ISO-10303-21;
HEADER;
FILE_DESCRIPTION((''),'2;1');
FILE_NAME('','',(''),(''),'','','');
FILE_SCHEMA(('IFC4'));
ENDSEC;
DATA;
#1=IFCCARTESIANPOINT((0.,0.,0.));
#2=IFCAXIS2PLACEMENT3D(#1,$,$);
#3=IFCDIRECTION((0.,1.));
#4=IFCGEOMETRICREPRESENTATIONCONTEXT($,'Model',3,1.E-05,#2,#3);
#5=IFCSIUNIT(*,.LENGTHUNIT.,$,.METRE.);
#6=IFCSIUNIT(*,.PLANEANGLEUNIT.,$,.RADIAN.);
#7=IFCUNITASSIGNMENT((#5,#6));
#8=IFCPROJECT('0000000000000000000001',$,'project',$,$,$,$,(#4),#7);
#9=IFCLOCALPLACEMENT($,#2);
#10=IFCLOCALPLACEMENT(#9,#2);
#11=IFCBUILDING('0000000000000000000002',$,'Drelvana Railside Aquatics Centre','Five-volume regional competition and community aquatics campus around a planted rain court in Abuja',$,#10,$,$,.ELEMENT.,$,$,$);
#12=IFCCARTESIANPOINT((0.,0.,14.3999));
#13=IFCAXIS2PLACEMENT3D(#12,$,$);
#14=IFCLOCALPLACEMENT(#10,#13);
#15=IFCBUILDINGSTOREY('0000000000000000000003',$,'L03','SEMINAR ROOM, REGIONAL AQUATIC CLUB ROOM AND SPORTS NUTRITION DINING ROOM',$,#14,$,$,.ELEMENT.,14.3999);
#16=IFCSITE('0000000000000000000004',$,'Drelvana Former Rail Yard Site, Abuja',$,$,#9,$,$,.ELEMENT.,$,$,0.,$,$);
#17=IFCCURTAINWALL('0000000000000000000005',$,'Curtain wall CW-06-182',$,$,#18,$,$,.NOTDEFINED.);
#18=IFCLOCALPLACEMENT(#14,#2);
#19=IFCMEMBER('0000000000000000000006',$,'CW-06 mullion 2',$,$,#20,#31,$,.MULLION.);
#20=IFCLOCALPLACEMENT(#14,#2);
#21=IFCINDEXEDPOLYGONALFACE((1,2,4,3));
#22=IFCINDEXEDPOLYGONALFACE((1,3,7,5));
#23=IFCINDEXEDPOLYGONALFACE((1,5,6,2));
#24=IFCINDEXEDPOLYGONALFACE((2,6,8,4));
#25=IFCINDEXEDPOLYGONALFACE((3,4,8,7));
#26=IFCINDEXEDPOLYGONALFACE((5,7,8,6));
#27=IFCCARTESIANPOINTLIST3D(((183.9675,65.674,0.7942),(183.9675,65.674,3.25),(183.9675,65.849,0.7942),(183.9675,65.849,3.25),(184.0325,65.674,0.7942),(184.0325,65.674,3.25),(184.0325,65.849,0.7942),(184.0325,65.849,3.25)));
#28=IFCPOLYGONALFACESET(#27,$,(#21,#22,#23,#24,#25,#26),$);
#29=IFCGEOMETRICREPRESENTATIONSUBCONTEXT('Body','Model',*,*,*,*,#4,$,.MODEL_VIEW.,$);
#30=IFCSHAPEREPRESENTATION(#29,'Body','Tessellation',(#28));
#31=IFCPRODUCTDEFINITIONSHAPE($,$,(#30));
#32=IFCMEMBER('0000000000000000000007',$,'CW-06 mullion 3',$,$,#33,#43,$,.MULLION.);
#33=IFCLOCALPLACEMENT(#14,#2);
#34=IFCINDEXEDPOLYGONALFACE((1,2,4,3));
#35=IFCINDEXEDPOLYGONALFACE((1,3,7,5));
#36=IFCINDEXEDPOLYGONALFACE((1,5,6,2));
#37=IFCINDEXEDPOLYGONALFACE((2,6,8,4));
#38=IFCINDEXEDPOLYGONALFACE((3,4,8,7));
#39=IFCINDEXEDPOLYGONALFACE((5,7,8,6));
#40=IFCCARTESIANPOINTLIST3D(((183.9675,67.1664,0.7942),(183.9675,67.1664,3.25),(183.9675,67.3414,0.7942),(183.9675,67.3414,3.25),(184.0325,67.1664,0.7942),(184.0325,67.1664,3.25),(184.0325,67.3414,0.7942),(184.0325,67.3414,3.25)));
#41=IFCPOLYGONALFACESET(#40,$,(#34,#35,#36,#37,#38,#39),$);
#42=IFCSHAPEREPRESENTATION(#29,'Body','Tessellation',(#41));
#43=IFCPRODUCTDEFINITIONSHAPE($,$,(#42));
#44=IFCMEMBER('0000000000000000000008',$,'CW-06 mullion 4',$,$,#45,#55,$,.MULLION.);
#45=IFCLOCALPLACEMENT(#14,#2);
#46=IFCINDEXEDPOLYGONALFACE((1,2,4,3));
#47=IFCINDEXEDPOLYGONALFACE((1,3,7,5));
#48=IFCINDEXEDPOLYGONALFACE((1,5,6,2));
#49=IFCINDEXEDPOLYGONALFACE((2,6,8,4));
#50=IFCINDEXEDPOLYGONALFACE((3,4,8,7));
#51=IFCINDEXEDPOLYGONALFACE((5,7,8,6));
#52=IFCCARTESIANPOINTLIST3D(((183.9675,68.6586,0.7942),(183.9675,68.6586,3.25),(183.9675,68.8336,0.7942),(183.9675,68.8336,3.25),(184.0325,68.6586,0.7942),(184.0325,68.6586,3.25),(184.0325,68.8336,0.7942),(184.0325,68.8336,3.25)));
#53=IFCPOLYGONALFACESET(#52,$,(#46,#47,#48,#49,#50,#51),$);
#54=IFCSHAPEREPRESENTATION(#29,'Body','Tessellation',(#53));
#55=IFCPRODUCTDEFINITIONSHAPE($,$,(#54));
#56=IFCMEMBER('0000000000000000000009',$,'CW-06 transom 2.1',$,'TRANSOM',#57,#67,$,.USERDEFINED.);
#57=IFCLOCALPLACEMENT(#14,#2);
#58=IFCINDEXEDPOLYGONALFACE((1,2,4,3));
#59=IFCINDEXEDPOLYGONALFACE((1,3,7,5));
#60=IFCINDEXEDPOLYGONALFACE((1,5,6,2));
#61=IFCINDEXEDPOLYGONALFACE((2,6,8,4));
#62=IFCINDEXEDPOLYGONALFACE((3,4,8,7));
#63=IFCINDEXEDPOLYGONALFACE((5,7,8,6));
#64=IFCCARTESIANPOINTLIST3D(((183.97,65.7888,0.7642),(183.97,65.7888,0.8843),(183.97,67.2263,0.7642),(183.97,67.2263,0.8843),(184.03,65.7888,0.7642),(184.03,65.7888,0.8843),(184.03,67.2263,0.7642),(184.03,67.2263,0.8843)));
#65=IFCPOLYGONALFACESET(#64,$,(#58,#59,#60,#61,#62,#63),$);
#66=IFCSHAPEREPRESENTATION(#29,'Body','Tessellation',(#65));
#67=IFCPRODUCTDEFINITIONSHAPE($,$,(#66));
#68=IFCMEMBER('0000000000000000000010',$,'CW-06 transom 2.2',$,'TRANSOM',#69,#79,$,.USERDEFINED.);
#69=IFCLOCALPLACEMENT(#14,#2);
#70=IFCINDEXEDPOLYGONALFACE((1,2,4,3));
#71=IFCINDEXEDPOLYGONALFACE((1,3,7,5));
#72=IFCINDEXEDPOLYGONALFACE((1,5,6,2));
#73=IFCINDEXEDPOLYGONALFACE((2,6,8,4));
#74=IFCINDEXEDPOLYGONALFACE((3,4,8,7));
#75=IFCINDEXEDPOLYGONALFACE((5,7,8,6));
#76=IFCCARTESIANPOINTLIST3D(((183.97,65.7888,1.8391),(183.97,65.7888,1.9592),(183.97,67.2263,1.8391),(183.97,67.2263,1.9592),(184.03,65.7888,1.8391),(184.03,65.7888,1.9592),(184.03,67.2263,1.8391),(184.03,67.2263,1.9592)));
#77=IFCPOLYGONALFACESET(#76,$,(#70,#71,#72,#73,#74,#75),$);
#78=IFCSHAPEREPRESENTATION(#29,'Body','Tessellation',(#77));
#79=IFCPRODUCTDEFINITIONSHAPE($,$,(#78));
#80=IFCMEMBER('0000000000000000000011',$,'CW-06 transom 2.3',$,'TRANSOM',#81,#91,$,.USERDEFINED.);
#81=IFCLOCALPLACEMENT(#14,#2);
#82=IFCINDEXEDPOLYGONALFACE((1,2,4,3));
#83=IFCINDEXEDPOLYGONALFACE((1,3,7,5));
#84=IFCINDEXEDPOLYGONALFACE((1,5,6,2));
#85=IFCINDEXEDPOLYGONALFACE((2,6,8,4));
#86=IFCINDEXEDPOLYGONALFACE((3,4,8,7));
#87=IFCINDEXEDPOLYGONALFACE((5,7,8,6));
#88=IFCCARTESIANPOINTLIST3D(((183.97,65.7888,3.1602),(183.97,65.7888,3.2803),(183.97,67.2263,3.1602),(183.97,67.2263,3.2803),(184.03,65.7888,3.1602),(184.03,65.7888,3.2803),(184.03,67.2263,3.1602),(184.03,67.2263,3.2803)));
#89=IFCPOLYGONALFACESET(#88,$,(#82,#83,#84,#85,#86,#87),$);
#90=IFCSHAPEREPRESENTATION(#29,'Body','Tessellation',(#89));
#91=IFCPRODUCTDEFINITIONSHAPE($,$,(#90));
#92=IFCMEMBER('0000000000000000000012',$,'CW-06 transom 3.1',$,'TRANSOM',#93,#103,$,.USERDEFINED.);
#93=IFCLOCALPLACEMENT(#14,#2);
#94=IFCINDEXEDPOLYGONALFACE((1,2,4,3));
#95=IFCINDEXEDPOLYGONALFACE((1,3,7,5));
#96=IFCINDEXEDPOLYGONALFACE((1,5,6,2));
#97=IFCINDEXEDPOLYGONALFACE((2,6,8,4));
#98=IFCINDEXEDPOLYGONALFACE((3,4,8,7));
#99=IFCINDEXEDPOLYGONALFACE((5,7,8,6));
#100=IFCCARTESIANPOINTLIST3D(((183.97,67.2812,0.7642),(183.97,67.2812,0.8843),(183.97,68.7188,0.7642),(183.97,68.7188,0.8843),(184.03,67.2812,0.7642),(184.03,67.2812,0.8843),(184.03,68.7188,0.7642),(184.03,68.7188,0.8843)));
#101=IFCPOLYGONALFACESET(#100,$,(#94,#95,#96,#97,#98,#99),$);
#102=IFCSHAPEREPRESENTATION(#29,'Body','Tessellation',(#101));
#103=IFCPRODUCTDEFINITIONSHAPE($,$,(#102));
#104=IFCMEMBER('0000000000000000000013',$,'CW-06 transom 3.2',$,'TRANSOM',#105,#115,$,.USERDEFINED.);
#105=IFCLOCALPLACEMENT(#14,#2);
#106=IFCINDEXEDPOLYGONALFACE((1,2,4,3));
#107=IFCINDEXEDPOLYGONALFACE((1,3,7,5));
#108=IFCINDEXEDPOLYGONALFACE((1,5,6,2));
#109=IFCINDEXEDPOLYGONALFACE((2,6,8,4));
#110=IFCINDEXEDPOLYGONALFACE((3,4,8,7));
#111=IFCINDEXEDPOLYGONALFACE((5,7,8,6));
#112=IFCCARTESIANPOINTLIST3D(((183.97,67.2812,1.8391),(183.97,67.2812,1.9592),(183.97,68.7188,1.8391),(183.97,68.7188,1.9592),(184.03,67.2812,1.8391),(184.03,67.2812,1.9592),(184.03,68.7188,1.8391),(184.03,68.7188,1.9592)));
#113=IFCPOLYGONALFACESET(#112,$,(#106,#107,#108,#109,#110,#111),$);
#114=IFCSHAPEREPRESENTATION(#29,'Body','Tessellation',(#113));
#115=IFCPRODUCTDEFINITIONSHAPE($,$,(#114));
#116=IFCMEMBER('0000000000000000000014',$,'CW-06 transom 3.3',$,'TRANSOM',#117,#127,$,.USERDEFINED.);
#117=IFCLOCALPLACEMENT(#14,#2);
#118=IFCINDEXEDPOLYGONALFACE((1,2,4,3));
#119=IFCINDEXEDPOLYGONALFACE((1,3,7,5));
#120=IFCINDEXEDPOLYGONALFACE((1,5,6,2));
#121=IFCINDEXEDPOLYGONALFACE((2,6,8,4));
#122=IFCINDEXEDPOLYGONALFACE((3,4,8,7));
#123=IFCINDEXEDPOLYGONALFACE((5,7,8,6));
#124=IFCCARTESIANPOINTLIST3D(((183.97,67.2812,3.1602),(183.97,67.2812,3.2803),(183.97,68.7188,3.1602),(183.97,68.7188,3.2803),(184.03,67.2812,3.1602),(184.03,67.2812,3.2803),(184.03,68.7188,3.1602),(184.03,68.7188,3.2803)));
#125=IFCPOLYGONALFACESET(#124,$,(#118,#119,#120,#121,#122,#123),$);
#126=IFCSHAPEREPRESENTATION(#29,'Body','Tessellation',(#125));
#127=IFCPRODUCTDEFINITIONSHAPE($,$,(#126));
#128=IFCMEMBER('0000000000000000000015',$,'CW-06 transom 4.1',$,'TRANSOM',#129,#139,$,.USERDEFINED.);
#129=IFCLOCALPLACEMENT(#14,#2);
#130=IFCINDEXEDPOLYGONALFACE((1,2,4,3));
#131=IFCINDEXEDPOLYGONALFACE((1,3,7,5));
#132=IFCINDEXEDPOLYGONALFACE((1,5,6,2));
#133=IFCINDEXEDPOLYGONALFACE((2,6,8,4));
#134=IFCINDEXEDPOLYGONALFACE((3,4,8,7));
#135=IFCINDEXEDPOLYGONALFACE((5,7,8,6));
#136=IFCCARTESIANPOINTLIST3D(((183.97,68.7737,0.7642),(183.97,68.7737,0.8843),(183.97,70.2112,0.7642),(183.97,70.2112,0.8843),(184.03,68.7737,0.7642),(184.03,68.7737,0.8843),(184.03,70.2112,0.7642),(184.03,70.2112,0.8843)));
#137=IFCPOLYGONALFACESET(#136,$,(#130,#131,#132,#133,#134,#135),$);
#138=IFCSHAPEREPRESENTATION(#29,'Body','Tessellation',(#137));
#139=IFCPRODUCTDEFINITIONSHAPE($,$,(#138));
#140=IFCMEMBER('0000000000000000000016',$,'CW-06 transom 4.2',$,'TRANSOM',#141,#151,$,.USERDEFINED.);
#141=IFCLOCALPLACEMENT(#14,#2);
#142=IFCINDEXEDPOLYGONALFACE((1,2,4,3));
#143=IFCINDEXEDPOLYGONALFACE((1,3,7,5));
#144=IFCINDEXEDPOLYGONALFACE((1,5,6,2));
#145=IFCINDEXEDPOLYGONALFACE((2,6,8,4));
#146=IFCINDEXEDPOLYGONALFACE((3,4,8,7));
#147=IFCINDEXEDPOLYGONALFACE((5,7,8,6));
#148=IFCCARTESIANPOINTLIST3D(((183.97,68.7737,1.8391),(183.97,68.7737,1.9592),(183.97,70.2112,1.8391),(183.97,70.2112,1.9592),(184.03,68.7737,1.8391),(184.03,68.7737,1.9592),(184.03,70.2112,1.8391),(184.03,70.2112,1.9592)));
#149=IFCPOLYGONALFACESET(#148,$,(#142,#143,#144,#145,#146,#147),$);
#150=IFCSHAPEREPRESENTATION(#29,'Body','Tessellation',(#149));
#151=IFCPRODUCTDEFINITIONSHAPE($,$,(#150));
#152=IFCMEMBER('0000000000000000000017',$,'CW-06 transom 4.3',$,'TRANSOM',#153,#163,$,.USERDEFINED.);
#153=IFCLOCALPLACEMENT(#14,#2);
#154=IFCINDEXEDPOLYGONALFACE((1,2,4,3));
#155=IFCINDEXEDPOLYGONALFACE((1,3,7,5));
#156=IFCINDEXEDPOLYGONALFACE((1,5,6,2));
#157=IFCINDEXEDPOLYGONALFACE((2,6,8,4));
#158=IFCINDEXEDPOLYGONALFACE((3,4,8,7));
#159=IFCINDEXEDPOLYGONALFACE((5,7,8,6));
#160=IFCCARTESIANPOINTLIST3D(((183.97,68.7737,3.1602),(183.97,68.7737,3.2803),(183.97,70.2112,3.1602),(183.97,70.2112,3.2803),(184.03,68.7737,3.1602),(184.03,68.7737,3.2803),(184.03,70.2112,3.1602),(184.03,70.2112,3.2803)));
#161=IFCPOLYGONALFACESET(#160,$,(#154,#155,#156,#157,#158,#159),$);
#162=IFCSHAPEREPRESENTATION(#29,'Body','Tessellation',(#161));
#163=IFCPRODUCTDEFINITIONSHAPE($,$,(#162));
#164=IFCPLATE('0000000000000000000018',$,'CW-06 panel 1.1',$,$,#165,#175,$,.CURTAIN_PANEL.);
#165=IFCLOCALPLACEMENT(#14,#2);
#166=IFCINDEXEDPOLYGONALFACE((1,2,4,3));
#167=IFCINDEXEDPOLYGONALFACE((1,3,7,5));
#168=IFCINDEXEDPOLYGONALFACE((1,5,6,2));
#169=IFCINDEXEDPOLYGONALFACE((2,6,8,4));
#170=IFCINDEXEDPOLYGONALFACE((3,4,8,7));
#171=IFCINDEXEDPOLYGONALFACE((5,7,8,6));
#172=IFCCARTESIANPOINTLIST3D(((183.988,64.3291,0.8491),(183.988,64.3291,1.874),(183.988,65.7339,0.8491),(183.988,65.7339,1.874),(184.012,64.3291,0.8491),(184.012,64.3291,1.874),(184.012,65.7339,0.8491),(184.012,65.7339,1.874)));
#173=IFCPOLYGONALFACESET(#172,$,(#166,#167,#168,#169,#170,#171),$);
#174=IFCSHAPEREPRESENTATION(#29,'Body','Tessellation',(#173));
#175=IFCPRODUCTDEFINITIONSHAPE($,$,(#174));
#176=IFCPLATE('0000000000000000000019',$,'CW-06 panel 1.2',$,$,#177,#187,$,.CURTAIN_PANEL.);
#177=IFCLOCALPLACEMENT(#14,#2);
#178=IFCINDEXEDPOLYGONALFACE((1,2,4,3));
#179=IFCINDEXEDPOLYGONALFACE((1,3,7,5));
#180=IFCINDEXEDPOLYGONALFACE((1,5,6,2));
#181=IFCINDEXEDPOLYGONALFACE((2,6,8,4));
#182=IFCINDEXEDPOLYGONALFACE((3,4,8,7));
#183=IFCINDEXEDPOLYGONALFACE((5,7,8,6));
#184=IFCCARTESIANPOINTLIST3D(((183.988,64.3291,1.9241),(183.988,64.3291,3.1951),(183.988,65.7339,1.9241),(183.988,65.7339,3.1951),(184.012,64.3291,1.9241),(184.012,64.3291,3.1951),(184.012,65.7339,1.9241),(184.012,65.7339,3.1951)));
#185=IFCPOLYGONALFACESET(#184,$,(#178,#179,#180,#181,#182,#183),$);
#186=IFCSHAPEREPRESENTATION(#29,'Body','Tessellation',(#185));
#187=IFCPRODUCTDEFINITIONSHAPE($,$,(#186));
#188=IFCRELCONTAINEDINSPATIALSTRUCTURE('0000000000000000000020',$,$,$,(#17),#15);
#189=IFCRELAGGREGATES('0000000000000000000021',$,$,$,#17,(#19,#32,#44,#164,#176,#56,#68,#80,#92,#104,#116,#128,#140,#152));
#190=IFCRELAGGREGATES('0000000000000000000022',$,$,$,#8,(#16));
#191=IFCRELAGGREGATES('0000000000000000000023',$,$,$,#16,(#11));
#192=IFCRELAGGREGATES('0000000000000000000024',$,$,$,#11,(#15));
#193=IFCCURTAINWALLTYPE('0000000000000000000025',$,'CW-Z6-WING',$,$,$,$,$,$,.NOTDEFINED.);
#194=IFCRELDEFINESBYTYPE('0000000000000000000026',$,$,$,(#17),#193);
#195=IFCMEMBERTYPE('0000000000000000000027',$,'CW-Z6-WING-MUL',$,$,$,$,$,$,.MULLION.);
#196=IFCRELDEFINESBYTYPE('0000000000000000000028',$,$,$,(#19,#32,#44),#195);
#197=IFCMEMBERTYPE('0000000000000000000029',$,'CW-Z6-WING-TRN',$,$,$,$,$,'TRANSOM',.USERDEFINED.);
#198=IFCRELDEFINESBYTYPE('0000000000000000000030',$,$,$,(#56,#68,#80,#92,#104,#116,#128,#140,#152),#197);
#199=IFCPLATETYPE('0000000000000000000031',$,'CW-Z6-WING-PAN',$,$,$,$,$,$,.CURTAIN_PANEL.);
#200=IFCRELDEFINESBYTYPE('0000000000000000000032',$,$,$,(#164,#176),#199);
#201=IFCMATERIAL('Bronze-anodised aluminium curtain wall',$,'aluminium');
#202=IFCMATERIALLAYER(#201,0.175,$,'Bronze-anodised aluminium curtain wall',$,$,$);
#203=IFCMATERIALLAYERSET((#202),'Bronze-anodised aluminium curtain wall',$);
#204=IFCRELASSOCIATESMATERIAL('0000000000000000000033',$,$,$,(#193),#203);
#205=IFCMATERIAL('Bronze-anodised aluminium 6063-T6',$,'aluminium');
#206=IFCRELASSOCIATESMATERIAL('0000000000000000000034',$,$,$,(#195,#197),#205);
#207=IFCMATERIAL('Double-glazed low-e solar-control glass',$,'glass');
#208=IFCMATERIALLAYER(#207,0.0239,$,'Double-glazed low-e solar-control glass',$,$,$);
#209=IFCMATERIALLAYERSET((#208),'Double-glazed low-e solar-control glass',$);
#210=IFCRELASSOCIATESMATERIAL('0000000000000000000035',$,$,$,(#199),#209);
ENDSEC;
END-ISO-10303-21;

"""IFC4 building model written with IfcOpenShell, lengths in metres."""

from ifc_helpers import new_model, si_unit, direction, frame, origin, origin_2d, place, context, subcontext, project, spatial, rectangle, extrude, material, layer, layer_set, material_profile, profile_set, type_object, element, aggregate, save


model = new_model("IFC4")

# Units and contexts
model_context = context("Model", 3, precision=1e-05, world=origin(), true_north=direction((0.0, 1.0)))
body_context = subcontext(model_context, "Body", "Model", "MODEL_VIEW")
ifc_project = project(units=[si_unit("LENGTHUNIT", "METRE"), si_unit("PLANEANGLEUNIT", "RADIAN")], contexts=[model_context])

# Site, building, storey
site_placement = place(None, origin())
site = spatial("IfcSite", under=ifc_project, at=site_placement, Name="Drelvana Former Rail Yard Site, Abuja", CompositionType="ELEMENT", RefElevation=0.0)
building_placement = place(site_placement, origin())
building = spatial("IfcBuilding", under=site, at=building_placement, Name="Drelvana Railside Aquatics Centre", Description="Five-volume regional competition and community aquatics campus around a planted rain court in Abuja", CompositionType="ELEMENT")
storey_placement = place(building_placement, frame((0.0, 0.0, 14.3999)))
storey = spatial("IfcBuildingStorey", under=building, at=storey_placement, Name="L03", Description="SEMINAR ROOM, REGIONAL AQUATIC CLUB ROOM AND SPORTS NUTRITION DINING ROOM", CompositionType="ELEMENT", Elevation=14.3999)

# Curtain wall, members, plates
ifc_material_1 = material(Name="Bronze-anodised aluminium curtain wall", Category="aluminium")
ifc_layer_1 = layer(ifc_material_1, 0.175, Name="Bronze-anodised aluminium curtain wall")
ifc_layer_set_1 = layer_set([ifc_layer_1], Name="Bronze-anodised aluminium curtain wall")
curtain_wall_type = type_object("IfcCurtainWallType", Name="CW-Z6-WING", PredefinedType="NOTDEFINED", material=ifc_layer_set_1)
curtain_wall_placement = place(storey_placement, origin())
curtain_wall = element("IfcCurtainWall", 1, at=curtain_wall_placement, inside=storey, type_object=curtain_wall_type, Name="Curtain wall CW-06-182", PredefinedType="NOTDEFINED")
ifc_material_2 = material(Name="Bronze-anodised aluminium 6063-T6", Category="aluminium")
ifc_material_profile_1 = material_profile(ifc_material_2, rectangle(XDim=0.0649, YDim=0.175, at=origin_2d()), Name="ALU-M 65x175")
ifc_profile_set_1 = profile_set([ifc_material_profile_1], Name="Bronze-anodised aluminium 6063-T6")
member_type_1 = type_object("IfcMemberType", Name="CW-Z6-WING-MUL", PredefinedType="MULLION", material=ifc_profile_set_1)
member_1_placement = place(storey_placement, frame((184.0, 65.7615, 0.7942), z_axis=(0.0, 0.0, 1.0), x_axis=(-1.0, 0.0, 0.0)))
member_1 = element("IfcMember", 2, at=member_1_placement, type_object=member_type_1, Name="CW-06 mullion 2", PredefinedType="MULLION", context=body_context, shape_type="SweptSolid", body=[
    extrude(rectangle(XDim=0.0649, YDim=0.175, at=origin_2d()), origin(), (0.0, 0.0, 1.0), 2.4558),
])
member_2_placement = place(storey_placement, frame((184.0, 67.2539, 0.7942), z_axis=(0.0, 0.0, 1.0), x_axis=(-1.0, 0.0, 0.0)))
member_2 = element("IfcMember", 3, at=member_2_placement, type_object=member_type_1, Name="CW-06 mullion 3", PredefinedType="MULLION", context=body_context, shape_type="SweptSolid", body=[
    extrude(rectangle(XDim=0.0649, YDim=0.175, at=origin_2d()), origin(), (0.0, 0.0, 1.0), 2.4558),
])
member_3_placement = place(storey_placement, frame((184.0, 68.7461, 0.7942), z_axis=(0.0, 0.0, 1.0), x_axis=(-1.0, 0.0, 0.0)))
member_3 = element("IfcMember", 4, at=member_3_placement, type_object=member_type_1, Name="CW-06 mullion 4", PredefinedType="MULLION", context=body_context, shape_type="SweptSolid", body=[
    extrude(rectangle(XDim=0.0649, YDim=0.175, at=origin_2d()), origin(), (0.0, 0.0, 1.0), 2.4558),
])
ifc_material_profile_2 = material_profile(ifc_material_2, rectangle(XDim=0.1201, YDim=0.0601, at=origin_2d()), Name="ALU-T 60x120")
ifc_profile_set_2 = profile_set([ifc_material_profile_2], Name="Bronze-anodised aluminium 6063-T6")
member_type_2 = type_object("IfcMemberType", Name="CW-Z6-WING-TRN", ElementType="TRANSOM", PredefinedType="USERDEFINED", material=ifc_profile_set_2)
member_4_placement = place(storey_placement, frame((184.0, 65.7888, 0.8242), z_axis=(0.0, 1.0, 0.0), x_axis=(0.0, 0.0, 1.0)))
member_4 = element("IfcMember", 5, at=member_4_placement, type_object=member_type_2, Name="CW-06 transom 2.1", ObjectType="TRANSOM", PredefinedType="USERDEFINED", context=body_context, shape_type="SweptSolid", body=[
    extrude(rectangle(XDim=0.1201, YDim=0.0601, at=origin_2d()), origin(), (0.0, 0.0, 1.0), 1.4375),
])
member_5_placement = place(storey_placement, frame((184.0, 65.7888, 1.8992), z_axis=(0.0, 1.0, 0.0), x_axis=(0.0, 0.0, 1.0)))
member_5 = element("IfcMember", 6, at=member_5_placement, type_object=member_type_2, Name="CW-06 transom 2.2", ObjectType="TRANSOM", PredefinedType="USERDEFINED", context=body_context, shape_type="SweptSolid", body=[
    extrude(rectangle(XDim=0.1201, YDim=0.0601, at=origin_2d()), origin(), (0.0, 0.0, 1.0), 1.4375),
])
member_6_placement = place(storey_placement, frame((184.0, 65.7888, 3.2202), z_axis=(0.0, 1.0, 0.0), x_axis=(0.0, 0.0, 1.0)))
member_6 = element("IfcMember", 7, at=member_6_placement, type_object=member_type_2, Name="CW-06 transom 2.3", ObjectType="TRANSOM", PredefinedType="USERDEFINED", context=body_context, shape_type="SweptSolid", body=[
    extrude(rectangle(XDim=0.1201, YDim=0.0601, at=origin_2d()), origin(), (0.0, 0.0, 1.0), 1.4375),
])
member_7_placement = place(storey_placement, frame((184.0, 67.2812, 0.8242), z_axis=(0.0, 1.0, 0.0), x_axis=(0.0, 0.0, 1.0)))
member_7 = element("IfcMember", 8, at=member_7_placement, type_object=member_type_2, Name="CW-06 transom 3.1", ObjectType="TRANSOM", PredefinedType="USERDEFINED", context=body_context, shape_type="SweptSolid", body=[
    extrude(rectangle(XDim=0.1201, YDim=0.0601, at=origin_2d()), origin(), (0.0, 0.0, 1.0), 1.4375),
])
member_8_placement = place(storey_placement, frame((184.0, 67.2812, 1.8992), z_axis=(0.0, 1.0, 0.0), x_axis=(0.0, 0.0, 1.0)))
member_8 = element("IfcMember", 9, at=member_8_placement, type_object=member_type_2, Name="CW-06 transom 3.2", ObjectType="TRANSOM", PredefinedType="USERDEFINED", context=body_context, shape_type="SweptSolid", body=[
    extrude(rectangle(XDim=0.1201, YDim=0.0601, at=origin_2d()), origin(), (0.0, 0.0, 1.0), 1.4375),
])
member_9_placement = place(storey_placement, frame((184.0, 67.2812, 3.2202), z_axis=(0.0, 1.0, 0.0), x_axis=(0.0, 0.0, 1.0)))
member_9 = element("IfcMember", 10, at=member_9_placement, type_object=member_type_2, Name="CW-06 transom 3.3", ObjectType="TRANSOM", PredefinedType="USERDEFINED", context=body_context, shape_type="SweptSolid", body=[
    extrude(rectangle(XDim=0.1201, YDim=0.0601, at=origin_2d()), origin(), (0.0, 0.0, 1.0), 1.4375),
])
member_10_placement = place(storey_placement, frame((184.0, 68.7737, 0.8242), z_axis=(0.0, 1.0, 0.0), x_axis=(0.0, 0.0, 1.0)))
member_10 = element("IfcMember", 11, at=member_10_placement, type_object=member_type_2, Name="CW-06 transom 4.1", ObjectType="TRANSOM", PredefinedType="USERDEFINED", context=body_context, shape_type="SweptSolid", body=[
    extrude(rectangle(XDim=0.1201, YDim=0.0601, at=origin_2d()), origin(), (0.0, 0.0, 1.0), 1.4375),
])
member_11_placement = place(storey_placement, frame((184.0, 68.7737, 1.8992), z_axis=(0.0, 1.0, 0.0), x_axis=(0.0, 0.0, 1.0)))
member_11 = element("IfcMember", 12, at=member_11_placement, type_object=member_type_2, Name="CW-06 transom 4.2", ObjectType="TRANSOM", PredefinedType="USERDEFINED", context=body_context, shape_type="SweptSolid", body=[
    extrude(rectangle(XDim=0.1201, YDim=0.0601, at=origin_2d()), origin(), (0.0, 0.0, 1.0), 1.4375),
])
member_12_placement = place(storey_placement, frame((184.0, 68.7737, 3.2202), z_axis=(0.0, 1.0, 0.0), x_axis=(0.0, 0.0, 1.0)))
member_12 = element("IfcMember", 13, at=member_12_placement, type_object=member_type_2, Name="CW-06 transom 4.3", ObjectType="TRANSOM", PredefinedType="USERDEFINED", context=body_context, shape_type="SweptSolid", body=[
    extrude(rectangle(XDim=0.1201, YDim=0.0601, at=origin_2d()), origin(), (0.0, 0.0, 1.0), 1.4375),
])
ifc_material_3 = material(Name="Double-glazed low-e solar-control glass", Category="glass")
ifc_layer_2 = layer(ifc_material_3, 0.0239, Name="Double-glazed low-e solar-control glass")
ifc_layer_set_2 = layer_set([ifc_layer_2], Name="Double-glazed low-e solar-control glass")
plate_type = type_object("IfcPlateType", Name="CW-Z6-WING-PAN", PredefinedType="CURTAIN_PANEL", material=ifc_layer_set_2)
plate_1_placement = place(storey_placement, frame((184.0, 65.0315, 0.8491), z_axis=(0.0, 0.0, 1.0), x_axis=(0.0, 1.0, 0.0)))
plate_1 = element("IfcPlate", 14, at=plate_1_placement, type_object=plate_type, Name="CW-06 panel 1.1", PredefinedType="CURTAIN_PANEL", context=body_context, shape_type="SweptSolid", body=[
    extrude(rectangle(XDim=1.4048, YDim=0.0239, at=origin_2d()), origin(), (0.0, 0.0, 1.0), 1.0249),
])
plate_2_placement = place(storey_placement, frame((184.0, 65.0315, 1.9241), z_axis=(0.0, 0.0, 1.0), x_axis=(0.0, 1.0, 0.0)))
plate_2 = element("IfcPlate", 15, at=plate_2_placement, type_object=plate_type, Name="CW-06 panel 1.2", PredefinedType="CURTAIN_PANEL", context=body_context, shape_type="SweptSolid", body=[
    extrude(rectangle(XDim=1.4048, YDim=0.0239, at=origin_2d()), origin(), (0.0, 0.0, 1.0), 1.271),
])
aggregate(curtain_wall, [member_1, member_2, member_3, plate_1, plate_2, member_4, member_5, member_6, member_7, member_8, member_9, member_10, member_11, member_12])

save(model, "model.ifc")
